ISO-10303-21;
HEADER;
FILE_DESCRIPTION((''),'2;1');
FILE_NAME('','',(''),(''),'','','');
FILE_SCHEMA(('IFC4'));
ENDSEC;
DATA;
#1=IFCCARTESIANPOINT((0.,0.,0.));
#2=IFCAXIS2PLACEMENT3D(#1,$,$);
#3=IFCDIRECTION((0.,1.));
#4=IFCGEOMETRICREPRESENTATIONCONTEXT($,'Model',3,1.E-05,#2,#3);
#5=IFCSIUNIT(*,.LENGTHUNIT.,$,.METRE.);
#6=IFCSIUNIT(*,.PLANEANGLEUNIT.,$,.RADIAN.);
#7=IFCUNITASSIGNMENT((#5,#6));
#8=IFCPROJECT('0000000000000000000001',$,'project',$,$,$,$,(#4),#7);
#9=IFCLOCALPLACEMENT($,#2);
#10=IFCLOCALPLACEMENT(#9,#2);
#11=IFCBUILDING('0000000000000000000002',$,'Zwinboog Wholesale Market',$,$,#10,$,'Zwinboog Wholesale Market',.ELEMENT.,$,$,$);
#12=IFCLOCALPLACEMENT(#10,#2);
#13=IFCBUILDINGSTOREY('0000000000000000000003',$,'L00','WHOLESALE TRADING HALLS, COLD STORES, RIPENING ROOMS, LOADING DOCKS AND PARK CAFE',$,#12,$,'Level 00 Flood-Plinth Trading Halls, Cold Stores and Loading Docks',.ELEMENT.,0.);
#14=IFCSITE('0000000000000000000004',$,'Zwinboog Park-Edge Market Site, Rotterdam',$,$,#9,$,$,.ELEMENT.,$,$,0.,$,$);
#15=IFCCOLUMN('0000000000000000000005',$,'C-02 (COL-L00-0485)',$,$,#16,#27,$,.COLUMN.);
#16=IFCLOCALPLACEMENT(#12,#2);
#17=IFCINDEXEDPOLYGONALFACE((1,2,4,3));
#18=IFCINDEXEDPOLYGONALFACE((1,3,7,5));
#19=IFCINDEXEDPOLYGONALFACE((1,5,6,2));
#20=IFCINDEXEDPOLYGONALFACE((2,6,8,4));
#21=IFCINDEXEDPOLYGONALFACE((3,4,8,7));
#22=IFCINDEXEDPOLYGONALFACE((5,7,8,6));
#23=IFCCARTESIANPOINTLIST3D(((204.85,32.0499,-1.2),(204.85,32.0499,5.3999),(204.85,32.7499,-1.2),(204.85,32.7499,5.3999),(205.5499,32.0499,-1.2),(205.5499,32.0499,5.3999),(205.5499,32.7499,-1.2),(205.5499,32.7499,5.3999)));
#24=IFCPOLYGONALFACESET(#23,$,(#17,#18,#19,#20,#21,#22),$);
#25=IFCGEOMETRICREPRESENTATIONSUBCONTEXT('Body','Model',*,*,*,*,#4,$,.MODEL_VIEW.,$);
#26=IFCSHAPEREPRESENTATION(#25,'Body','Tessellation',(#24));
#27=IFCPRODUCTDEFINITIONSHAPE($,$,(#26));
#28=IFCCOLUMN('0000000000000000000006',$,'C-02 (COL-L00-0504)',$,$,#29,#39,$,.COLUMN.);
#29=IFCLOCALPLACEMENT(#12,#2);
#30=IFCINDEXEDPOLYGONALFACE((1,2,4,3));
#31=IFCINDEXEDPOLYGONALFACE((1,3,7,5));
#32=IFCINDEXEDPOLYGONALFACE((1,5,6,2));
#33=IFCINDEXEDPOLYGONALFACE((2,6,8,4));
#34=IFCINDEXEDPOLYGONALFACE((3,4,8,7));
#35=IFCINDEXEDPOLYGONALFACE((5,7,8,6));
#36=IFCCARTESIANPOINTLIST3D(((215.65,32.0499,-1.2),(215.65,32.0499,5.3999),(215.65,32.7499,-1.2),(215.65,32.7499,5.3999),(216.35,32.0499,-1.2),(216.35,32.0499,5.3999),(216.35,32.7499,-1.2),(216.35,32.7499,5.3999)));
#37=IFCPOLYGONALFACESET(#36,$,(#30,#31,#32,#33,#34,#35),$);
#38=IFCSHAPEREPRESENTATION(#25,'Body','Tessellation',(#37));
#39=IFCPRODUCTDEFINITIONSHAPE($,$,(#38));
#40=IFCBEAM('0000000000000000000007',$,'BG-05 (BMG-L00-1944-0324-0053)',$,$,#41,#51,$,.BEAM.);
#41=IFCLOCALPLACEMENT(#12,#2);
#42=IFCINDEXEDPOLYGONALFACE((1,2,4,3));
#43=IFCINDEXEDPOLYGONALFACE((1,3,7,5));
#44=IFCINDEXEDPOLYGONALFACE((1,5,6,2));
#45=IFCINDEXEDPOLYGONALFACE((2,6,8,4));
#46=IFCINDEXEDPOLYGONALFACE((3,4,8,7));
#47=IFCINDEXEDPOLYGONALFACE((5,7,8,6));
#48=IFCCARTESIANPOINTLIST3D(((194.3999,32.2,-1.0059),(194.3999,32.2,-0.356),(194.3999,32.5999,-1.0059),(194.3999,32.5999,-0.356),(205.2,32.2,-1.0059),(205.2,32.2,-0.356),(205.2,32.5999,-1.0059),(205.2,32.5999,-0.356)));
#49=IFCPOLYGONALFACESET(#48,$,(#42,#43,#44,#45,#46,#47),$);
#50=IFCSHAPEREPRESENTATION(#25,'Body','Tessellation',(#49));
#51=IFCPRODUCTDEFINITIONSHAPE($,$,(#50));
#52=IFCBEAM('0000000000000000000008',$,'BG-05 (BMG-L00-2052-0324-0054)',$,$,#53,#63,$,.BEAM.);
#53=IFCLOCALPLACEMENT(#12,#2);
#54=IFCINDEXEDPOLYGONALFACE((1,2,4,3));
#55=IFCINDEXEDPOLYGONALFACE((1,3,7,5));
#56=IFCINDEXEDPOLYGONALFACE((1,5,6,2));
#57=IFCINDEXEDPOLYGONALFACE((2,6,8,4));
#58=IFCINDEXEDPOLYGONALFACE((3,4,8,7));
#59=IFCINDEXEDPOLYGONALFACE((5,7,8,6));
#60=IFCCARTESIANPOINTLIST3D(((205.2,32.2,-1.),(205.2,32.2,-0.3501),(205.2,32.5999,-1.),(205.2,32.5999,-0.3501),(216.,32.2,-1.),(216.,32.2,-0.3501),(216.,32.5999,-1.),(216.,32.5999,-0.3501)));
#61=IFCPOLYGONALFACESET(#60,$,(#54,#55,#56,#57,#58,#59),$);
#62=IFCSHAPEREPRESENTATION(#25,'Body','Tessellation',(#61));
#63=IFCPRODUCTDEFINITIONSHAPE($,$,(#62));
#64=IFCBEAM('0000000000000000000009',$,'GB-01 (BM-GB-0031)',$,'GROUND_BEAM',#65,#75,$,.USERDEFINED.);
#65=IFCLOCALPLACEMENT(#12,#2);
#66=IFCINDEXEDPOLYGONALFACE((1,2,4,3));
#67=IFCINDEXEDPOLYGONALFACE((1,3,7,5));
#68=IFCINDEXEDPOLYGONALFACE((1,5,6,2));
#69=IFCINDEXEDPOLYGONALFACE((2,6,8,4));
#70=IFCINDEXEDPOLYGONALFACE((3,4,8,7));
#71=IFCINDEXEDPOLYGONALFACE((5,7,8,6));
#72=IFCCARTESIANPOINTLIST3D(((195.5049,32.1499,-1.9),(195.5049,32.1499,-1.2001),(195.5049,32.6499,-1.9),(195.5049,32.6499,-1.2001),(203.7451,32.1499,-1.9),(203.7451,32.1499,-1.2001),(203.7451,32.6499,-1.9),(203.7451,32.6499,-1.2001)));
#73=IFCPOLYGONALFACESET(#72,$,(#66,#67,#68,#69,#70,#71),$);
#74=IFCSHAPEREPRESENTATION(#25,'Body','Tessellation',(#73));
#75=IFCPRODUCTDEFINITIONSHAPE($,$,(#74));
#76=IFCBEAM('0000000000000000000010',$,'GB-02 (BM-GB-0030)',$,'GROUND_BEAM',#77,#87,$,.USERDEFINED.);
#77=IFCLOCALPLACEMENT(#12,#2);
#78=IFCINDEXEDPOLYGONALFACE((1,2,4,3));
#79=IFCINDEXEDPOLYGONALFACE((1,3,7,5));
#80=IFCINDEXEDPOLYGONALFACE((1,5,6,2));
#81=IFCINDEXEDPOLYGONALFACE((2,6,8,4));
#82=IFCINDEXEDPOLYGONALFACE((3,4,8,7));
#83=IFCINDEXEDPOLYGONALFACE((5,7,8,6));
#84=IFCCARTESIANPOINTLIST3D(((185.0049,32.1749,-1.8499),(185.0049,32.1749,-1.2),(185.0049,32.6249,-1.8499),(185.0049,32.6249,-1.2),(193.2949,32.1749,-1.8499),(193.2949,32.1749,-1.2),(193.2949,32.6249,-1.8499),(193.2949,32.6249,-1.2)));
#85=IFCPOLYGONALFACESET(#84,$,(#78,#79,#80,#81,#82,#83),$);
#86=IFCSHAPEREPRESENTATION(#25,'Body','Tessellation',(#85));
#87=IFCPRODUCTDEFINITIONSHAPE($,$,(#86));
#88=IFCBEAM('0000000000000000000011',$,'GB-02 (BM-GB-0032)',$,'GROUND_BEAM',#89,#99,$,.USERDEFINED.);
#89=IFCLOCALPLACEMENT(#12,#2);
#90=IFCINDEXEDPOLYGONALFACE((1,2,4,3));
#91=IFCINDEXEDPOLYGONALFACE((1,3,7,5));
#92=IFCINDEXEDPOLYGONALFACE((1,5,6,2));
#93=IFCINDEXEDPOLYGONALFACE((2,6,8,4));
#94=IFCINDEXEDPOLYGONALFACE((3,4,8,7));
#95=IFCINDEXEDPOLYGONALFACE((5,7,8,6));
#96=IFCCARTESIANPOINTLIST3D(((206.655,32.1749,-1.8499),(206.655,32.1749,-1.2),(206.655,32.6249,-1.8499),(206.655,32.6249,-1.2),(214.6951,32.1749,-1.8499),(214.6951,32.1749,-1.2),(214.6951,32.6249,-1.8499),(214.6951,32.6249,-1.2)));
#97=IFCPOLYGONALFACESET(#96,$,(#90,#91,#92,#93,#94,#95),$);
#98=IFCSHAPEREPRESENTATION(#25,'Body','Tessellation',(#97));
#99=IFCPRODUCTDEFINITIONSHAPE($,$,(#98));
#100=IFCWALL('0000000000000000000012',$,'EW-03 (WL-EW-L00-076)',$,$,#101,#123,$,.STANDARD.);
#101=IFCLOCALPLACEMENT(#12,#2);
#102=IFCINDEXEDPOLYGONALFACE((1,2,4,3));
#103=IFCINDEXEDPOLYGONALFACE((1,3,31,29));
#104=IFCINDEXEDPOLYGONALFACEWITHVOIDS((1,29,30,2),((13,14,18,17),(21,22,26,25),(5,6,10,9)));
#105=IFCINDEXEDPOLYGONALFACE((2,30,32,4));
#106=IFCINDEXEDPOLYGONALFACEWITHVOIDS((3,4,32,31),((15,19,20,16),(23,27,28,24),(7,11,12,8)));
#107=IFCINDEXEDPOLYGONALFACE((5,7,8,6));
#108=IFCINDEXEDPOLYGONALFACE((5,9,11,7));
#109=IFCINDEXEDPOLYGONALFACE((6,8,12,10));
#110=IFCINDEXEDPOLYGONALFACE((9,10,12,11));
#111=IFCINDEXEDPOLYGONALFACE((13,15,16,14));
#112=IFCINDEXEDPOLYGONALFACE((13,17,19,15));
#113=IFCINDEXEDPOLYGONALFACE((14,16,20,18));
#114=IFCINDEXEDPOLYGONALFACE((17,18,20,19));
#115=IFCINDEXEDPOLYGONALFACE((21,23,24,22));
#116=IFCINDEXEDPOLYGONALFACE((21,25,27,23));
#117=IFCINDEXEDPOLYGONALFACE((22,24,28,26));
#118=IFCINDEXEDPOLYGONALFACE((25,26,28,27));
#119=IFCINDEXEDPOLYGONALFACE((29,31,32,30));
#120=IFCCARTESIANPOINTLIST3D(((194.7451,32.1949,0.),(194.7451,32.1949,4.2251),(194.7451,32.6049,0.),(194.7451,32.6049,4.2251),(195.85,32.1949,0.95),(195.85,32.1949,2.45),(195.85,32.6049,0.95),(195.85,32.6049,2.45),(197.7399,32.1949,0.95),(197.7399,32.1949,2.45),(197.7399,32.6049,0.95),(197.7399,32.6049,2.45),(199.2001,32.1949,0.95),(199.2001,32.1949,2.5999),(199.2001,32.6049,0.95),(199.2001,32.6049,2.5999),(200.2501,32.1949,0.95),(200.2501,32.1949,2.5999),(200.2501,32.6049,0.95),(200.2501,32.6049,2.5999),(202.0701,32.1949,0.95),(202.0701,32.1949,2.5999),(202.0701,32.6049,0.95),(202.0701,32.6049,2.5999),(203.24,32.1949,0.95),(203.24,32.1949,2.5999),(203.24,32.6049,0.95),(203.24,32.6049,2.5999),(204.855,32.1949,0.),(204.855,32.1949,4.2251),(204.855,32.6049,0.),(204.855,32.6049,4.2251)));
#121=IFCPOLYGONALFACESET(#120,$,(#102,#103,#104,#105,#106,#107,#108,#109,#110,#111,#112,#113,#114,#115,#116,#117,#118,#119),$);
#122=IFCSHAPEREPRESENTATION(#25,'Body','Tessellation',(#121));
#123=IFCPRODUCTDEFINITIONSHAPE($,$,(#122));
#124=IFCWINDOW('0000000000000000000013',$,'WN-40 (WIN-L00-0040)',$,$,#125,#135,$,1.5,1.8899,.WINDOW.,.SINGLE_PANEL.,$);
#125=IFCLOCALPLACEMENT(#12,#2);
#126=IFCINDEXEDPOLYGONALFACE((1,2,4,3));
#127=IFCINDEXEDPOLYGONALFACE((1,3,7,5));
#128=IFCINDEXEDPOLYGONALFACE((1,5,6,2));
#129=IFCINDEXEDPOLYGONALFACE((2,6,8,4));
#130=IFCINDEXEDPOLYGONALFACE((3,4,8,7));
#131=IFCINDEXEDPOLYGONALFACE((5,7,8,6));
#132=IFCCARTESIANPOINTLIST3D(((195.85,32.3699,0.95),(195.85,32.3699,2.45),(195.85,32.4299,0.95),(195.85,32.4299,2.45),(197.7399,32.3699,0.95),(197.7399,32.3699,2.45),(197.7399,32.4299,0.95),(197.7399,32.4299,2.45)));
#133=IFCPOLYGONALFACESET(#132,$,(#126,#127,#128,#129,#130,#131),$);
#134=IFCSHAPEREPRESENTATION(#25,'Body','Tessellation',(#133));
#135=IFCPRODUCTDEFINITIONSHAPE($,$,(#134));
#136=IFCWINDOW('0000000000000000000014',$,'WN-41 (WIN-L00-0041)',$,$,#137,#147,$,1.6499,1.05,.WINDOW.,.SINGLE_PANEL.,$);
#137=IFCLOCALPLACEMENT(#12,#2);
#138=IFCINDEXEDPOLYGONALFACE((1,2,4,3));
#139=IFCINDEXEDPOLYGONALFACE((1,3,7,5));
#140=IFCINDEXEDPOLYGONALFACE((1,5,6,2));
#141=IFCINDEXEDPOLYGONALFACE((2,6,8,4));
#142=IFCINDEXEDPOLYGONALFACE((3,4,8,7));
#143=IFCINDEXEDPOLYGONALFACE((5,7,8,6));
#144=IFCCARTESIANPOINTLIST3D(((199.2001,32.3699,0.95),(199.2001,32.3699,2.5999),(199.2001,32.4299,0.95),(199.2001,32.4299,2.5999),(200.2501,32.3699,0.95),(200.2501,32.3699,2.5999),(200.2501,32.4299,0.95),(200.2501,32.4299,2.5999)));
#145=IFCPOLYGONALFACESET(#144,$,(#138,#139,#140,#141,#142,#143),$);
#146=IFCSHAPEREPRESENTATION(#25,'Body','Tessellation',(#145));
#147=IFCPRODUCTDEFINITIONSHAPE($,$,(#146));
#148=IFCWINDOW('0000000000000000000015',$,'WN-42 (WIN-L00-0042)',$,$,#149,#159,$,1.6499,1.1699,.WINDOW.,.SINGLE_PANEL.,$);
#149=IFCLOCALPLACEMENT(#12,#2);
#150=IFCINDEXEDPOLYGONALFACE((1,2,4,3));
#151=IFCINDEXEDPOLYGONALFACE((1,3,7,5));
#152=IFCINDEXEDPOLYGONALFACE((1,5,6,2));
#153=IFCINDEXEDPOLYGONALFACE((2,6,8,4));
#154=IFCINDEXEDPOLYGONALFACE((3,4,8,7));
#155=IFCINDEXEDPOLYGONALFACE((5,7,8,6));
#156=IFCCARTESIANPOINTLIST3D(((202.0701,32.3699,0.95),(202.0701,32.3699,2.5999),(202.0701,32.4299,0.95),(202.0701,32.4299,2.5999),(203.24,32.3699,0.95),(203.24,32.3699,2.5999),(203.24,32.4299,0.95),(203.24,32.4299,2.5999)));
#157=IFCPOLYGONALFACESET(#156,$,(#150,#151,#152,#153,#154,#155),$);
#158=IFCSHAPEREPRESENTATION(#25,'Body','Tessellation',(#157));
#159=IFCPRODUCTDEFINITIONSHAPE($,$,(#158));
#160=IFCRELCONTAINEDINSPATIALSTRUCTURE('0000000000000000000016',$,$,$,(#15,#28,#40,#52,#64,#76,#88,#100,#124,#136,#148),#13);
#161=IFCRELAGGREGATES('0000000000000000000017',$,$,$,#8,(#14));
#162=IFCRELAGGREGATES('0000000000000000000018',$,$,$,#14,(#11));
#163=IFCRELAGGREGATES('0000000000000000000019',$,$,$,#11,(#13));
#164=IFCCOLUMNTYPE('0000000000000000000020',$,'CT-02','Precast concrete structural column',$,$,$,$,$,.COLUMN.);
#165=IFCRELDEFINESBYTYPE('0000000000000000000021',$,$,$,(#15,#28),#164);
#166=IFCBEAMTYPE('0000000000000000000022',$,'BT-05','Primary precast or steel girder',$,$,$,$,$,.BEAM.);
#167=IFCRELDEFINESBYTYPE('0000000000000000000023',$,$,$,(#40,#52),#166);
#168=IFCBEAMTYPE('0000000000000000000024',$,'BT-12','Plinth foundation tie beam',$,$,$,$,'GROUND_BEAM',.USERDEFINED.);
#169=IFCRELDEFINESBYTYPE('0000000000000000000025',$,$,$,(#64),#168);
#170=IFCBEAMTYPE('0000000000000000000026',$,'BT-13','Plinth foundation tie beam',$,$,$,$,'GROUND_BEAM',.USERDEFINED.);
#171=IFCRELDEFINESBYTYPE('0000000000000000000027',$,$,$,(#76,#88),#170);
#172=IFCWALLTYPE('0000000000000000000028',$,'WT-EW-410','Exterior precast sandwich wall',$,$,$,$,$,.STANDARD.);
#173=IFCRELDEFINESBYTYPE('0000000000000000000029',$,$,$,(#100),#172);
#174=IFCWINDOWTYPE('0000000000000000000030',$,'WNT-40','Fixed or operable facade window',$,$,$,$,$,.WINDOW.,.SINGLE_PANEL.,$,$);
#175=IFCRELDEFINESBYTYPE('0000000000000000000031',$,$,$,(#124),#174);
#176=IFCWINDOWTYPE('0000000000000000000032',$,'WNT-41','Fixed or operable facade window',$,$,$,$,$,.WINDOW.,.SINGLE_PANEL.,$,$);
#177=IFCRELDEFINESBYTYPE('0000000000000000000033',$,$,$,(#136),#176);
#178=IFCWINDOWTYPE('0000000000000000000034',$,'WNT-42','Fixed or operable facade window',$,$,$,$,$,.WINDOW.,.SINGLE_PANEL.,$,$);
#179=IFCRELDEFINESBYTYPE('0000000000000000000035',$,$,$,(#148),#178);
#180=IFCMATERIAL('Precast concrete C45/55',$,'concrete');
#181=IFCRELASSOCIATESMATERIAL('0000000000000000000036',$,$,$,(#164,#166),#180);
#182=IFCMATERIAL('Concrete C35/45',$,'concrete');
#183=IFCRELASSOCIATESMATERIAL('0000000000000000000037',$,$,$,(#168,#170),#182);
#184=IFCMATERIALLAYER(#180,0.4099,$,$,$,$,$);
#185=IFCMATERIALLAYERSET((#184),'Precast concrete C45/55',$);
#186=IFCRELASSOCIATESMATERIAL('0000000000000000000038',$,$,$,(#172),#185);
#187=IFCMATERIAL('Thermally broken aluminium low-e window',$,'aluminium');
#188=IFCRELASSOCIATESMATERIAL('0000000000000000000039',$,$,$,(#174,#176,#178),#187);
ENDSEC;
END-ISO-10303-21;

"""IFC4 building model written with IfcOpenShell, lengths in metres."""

from ifc_helpers import new_model, si_unit, direction, frame, frame_2d, origin, origin_2d, place, context, subcontext, project, spatial, rectangle, extrude, material, layer, layer_set, material_profile, profile_set, type_object, element, fill, save


model = new_model("IFC4")

# Units and contexts
model_context = context("Model", 3, precision=1e-05, world=origin(), true_north=direction((0.0, 1.0)))
body_context = subcontext(model_context, "Body", "Model", "MODEL_VIEW")
ifc_project = project(units=[si_unit("LENGTHUNIT", "METRE"), si_unit("PLANEANGLEUNIT", "RADIAN")], contexts=[model_context])

# Site, building, storey
site_placement = place(None, origin())
site = spatial("IfcSite", under=ifc_project, at=site_placement, Name="Zwinboog Park-Edge Market Site, Rotterdam", CompositionType="ELEMENT", RefElevation=0.0)
building_placement = place(site_placement, origin())
building = spatial("IfcBuilding", under=site, at=building_placement, Name="Zwinboog Wholesale Market", LongName="Zwinboog Wholesale Market", CompositionType="ELEMENT")
storey_placement = place(building_placement, origin())
storey = spatial("IfcBuildingStorey", under=building, at=storey_placement, Name="L00", Description="WHOLESALE TRADING HALLS, COLD STORES, RIPENING ROOMS, LOADING DOCKS AND PARK CAFE", LongName="Level 00 Flood-Plinth Trading Halls, Cold Stores and Loading Docks", CompositionType="ELEMENT", Elevation=0.0)

# Shared definitions
ifc_material_1 = material(Name="Concrete C35/45", Category="concrete")

# Columns
ifc_material_2 = material(Name="Precast concrete C45/55", Category="concrete")
ifc_material_profile_1 = material_profile(ifc_material_2, rectangle(XDim=0.7, YDim=0.7, at=origin_2d()), Name="PC 700x700")
ifc_profile_set_1 = profile_set([ifc_material_profile_1], Name="Precast concrete C45/55")
column_type = type_object("IfcColumnType", Name="CT-02", Description="Precast concrete structural column", PredefinedType="COLUMN", material=ifc_profile_set_1)
for number, where, z_axis, x_axis, name in (
    (1, (205.2, 32.3999, -1.2), (0.0, 0.0, 1.0), (1.0, 0.0, 0.0), "C-02 (COL-L00-0485)"),
    (2, (216.0, 32.3999, -1.2), (0.0, 0.0, 1.0), (1.0, 0.0, 0.0), "C-02 (COL-L00-0504)"),
):
    element("IfcColumn", number, at=place(storey_placement, frame(where, z_axis=z_axis, x_axis=x_axis)), inside=storey, type_object=column_type, Name=name, PredefinedType="COLUMN", context=body_context, shape_type="SweptSolid", body=[
        extrude(rectangle(XDim=0.7, YDim=0.7, at=origin_2d()), origin(), (0.0, 0.0, 1.0), 6.5999),
    ])

# Beams
ifc_material_profile_2 = material_profile(ifc_material_2, rectangle(XDim=0.3999, YDim=0.6499, at=origin_2d()), Name="PC 400x650")
ifc_profile_set_2 = profile_set([ifc_material_profile_2], Name="Precast concrete C45/55")
beam_type_1 = type_object("IfcBeamType", Name="BT-05", Description="Primary precast or steel girder", PredefinedType="BEAM", material=ifc_profile_set_2)
for number, where, z_axis, x_axis, name in (
    (3, (194.3999, 32.3999, -0.6809), (1.0, 0.0, 0.0), (0.0, 1.0, 0.0), "BG-05 (BMG-L00-1944-0324-0053)"),
    (4, (205.2, 32.3999, -0.675), (1.0, 0.0, 0.0), (0.0, 1.0, 0.0), "BG-05 (BMG-L00-2052-0324-0054)"),
):
    element("IfcBeam", number, at=place(storey_placement, frame(where, z_axis=z_axis, x_axis=x_axis)), inside=storey, type_object=beam_type_1, Name=name, PredefinedType="BEAM", context=body_context, shape_type="SweptSolid", body=[
        extrude(rectangle(XDim=0.3999, YDim=0.6499, at=origin_2d()), origin(), (0.0, 0.0, 1.0), 10.8),
    ])
ifc_material_profile_3 = material_profile(ifc_material_1, rectangle(XDim=0.5, YDim=0.7, at=origin_2d()), Name="RC 500x700")
ifc_profile_set_3 = profile_set([ifc_material_profile_3], Name="Concrete C35/45")
beam_type_2 = type_object("IfcBeamType", Name="BT-12", Description="Plinth foundation tie beam", ElementType="GROUND_BEAM", PredefinedType="USERDEFINED", material=ifc_profile_set_3)
beam_1_placement = place(storey_placement, frame((195.5049, 32.3999, -1.55), z_axis=(1.0, 0.0, 0.0), x_axis=(0.0, 1.0, 0.0)))
element("IfcBeam", 5, at=beam_1_placement, inside=storey, type_object=beam_type_2, Name="GB-01 (BM-GB-0031)", ObjectType="GROUND_BEAM", PredefinedType="USERDEFINED", context=body_context, shape_type="SweptSolid", body=[
    extrude(rectangle(XDim=0.5, YDim=0.7, at=origin_2d()), origin(), (0.0, 0.0, 1.0), 8.2402),
])
ifc_material_profile_4 = material_profile(ifc_material_1, rectangle(XDim=0.45, YDim=0.6499, at=origin_2d()), Name="RC 450x650")
ifc_profile_set_4 = profile_set([ifc_material_profile_4], Name="Concrete C35/45")
beam_type_3 = type_object("IfcBeamType", Name="BT-13", Description="Plinth foundation tie beam", ElementType="GROUND_BEAM", PredefinedType="USERDEFINED", material=ifc_profile_set_4)
beam_2_placement = place(storey_placement, frame((185.0049, 32.3999, -1.5249), z_axis=(1.0, 0.0, 0.0), x_axis=(0.0, 1.0, 0.0)))
element("IfcBeam", 6, at=beam_2_placement, inside=storey, type_object=beam_type_3, Name="GB-02 (BM-GB-0030)", ObjectType="GROUND_BEAM", PredefinedType="USERDEFINED", context=body_context, shape_type="SweptSolid", body=[
    extrude(rectangle(XDim=0.45, YDim=0.6499, at=origin_2d()), origin(), (0.0, 0.0, 1.0), 8.29),
])
beam_3_placement = place(storey_placement, frame((206.655, 32.3999, -1.5249), z_axis=(1.0, 0.0, 0.0), x_axis=(0.0, 1.0, 0.0)))
element("IfcBeam", 7, at=beam_3_placement, inside=storey, type_object=beam_type_3, Name="GB-02 (BM-GB-0032)", ObjectType="GROUND_BEAM", PredefinedType="USERDEFINED", context=body_context, shape_type="SweptSolid", body=[
    extrude(rectangle(XDim=0.45, YDim=0.6499, at=origin_2d()), origin(), (0.0, 0.0, 1.0), 8.04),
])

# Wall, openings, windows
ifc_layer_1 = layer(ifc_material_2, 0.4099)
ifc_layer_set_1 = layer_set([ifc_layer_1], Name="Precast concrete C45/55")
wall_type_1 = type_object("IfcWallType", Name="WT-EW-410", Description="Exterior precast sandwich wall", PredefinedType="STANDARD", material=ifc_layer_set_1)
wall_1_placement = place(storey_placement, frame((194.7451, 32.3999, 0.0), z_axis=(0.0, 0.0, 1.0), x_axis=(1.0, 0.0, 0.0)))
wall_1 = element("IfcWall", 8, at=wall_1_placement, inside=storey, type_object=wall_type_1, Name="EW-03 (WL-EW-L00-076)", PredefinedType="STANDARD", context=body_context, shape_type="SweptSolid", body=[
    extrude(rectangle(XDim=10.1099, YDim=0.4099, at=frame_2d((5.0549, 0.0))), origin(), (0.0, 0.0, 1.0), 4.2251),
])
opening_1_placement = place(wall_1_placement, frame((1.105, 0.0, 0.95)))
opening_1 = element("IfcOpeningElement", 9, at=opening_1_placement, cuts=wall_1, PredefinedType="OPENING", context=body_context, shape_type="SweptSolid", body=[
    extrude(rectangle(XDim=1.8899, YDim=1.5, at=frame_2d((0.9448, 0.75))), frame((0.0, 0.2148, 0.0), z_axis=(0.0, -1.0, 0.0), x_axis=(1.0, 0.0, 0.0)), (0.0, 0.0, 1.0), 0.4299),
])
opening_2_placement = place(wall_1_placement, frame((4.4551, 0.0, 0.95)))
opening_2 = element("IfcOpeningElement", 10, at=opening_2_placement, cuts=wall_1, PredefinedType="OPENING", context=body_context, shape_type="SweptSolid", body=[
    extrude(rectangle(XDim=1.05, YDim=1.6499, at=frame_2d((0.5249, 0.825))), frame((0.0, 0.2148, 0.0), z_axis=(0.0, -1.0, 0.0), x_axis=(1.0, 0.0, 0.0)), (0.0, 0.0, 1.0), 0.4299),
])
opening_3_placement = place(wall_1_placement, frame((7.325, 0.0, 0.95)))
opening_3 = element("IfcOpeningElement", 11, at=opening_3_placement, cuts=wall_1, PredefinedType="OPENING", context=body_context, shape_type="SweptSolid", body=[
    extrude(rectangle(XDim=1.1699, YDim=1.6499, at=frame_2d((0.585, 0.825))), frame((0.0, 0.2148, 0.0), z_axis=(0.0, -1.0, 0.0), x_axis=(1.0, 0.0, 0.0)), (0.0, 0.0, 1.0), 0.4299),
])
ifc_material_3 = material(Name="Thermally broken aluminium low-e window", Category="aluminium")
window_type_1 = type_object("IfcWindowType", Name="WNT-40", Description="Fixed or operable facade window", PartitioningType="SINGLE_PANEL", PredefinedType="WINDOW", material=ifc_material_3)
window_1_placement = place(opening_1_placement, origin())
window_1 = element("IfcWindow", 12, at=window_1_placement, inside=storey, type_object=window_type_1, Name="WN-40 (WIN-L00-0040)", OverallHeight=1.5, OverallWidth=1.8899, PartitioningType="SINGLE_PANEL", PredefinedType="WINDOW", context=body_context, shape_type="SweptSolid", body=[
    extrude(rectangle(XDim=1.8899, YDim=1.5, at=frame_2d((0.9448, 0.75))), frame((0.0, 0.03, 0.0), z_axis=(0.0, -1.0, 0.0), x_axis=(1.0, 0.0, 0.0)), (0.0, 0.0, 1.0), 0.0601),
])
fill(opening_1, window_1)
window_type_2 = type_object("IfcWindowType", Name="WNT-41", Description="Fixed or operable facade window", PartitioningType="SINGLE_PANEL", PredefinedType="WINDOW", material=ifc_material_3)
window_2_placement = place(opening_2_placement, origin())
window_2 = element("IfcWindow", 13, at=window_2_placement, inside=storey, type_object=window_type_2, Name="WN-41 (WIN-L00-0041)", OverallHeight=1.6499, OverallWidth=1.05, PartitioningType="SINGLE_PANEL", PredefinedType="WINDOW", context=body_context, shape_type="SweptSolid", body=[
    extrude(rectangle(XDim=1.05, YDim=1.6499, at=frame_2d((0.5249, 0.825))), frame((0.0, 0.03, 0.0), z_axis=(0.0, -1.0, 0.0), x_axis=(1.0, 0.0, 0.0)), (0.0, 0.0, 1.0), 0.0601),
])
fill(opening_2, window_2)
window_type_3 = type_object("IfcWindowType", Name="WNT-42", Description="Fixed or operable facade window", PartitioningType="SINGLE_PANEL", PredefinedType="WINDOW", material=ifc_material_3)
window_3_placement = place(opening_3_placement, origin())
window_3 = element("IfcWindow", 14, at=window_3_placement, inside=storey, type_object=window_type_3, Name="WN-42 (WIN-L00-0042)", OverallHeight=1.6499, OverallWidth=1.1699, PartitioningType="SINGLE_PANEL", PredefinedType="WINDOW", context=body_context, shape_type="SweptSolid", body=[
    extrude(rectangle(XDim=1.1699, YDim=1.6499, at=frame_2d((0.585, 0.825))), frame((0.0, 0.03, 0.0), z_axis=(0.0, -1.0, 0.0), x_axis=(1.0, 0.0, 0.0)), (0.0, 0.0, 1.0), 0.0601),
])
fill(opening_3, window_3)

save(model, "model.ifc")
